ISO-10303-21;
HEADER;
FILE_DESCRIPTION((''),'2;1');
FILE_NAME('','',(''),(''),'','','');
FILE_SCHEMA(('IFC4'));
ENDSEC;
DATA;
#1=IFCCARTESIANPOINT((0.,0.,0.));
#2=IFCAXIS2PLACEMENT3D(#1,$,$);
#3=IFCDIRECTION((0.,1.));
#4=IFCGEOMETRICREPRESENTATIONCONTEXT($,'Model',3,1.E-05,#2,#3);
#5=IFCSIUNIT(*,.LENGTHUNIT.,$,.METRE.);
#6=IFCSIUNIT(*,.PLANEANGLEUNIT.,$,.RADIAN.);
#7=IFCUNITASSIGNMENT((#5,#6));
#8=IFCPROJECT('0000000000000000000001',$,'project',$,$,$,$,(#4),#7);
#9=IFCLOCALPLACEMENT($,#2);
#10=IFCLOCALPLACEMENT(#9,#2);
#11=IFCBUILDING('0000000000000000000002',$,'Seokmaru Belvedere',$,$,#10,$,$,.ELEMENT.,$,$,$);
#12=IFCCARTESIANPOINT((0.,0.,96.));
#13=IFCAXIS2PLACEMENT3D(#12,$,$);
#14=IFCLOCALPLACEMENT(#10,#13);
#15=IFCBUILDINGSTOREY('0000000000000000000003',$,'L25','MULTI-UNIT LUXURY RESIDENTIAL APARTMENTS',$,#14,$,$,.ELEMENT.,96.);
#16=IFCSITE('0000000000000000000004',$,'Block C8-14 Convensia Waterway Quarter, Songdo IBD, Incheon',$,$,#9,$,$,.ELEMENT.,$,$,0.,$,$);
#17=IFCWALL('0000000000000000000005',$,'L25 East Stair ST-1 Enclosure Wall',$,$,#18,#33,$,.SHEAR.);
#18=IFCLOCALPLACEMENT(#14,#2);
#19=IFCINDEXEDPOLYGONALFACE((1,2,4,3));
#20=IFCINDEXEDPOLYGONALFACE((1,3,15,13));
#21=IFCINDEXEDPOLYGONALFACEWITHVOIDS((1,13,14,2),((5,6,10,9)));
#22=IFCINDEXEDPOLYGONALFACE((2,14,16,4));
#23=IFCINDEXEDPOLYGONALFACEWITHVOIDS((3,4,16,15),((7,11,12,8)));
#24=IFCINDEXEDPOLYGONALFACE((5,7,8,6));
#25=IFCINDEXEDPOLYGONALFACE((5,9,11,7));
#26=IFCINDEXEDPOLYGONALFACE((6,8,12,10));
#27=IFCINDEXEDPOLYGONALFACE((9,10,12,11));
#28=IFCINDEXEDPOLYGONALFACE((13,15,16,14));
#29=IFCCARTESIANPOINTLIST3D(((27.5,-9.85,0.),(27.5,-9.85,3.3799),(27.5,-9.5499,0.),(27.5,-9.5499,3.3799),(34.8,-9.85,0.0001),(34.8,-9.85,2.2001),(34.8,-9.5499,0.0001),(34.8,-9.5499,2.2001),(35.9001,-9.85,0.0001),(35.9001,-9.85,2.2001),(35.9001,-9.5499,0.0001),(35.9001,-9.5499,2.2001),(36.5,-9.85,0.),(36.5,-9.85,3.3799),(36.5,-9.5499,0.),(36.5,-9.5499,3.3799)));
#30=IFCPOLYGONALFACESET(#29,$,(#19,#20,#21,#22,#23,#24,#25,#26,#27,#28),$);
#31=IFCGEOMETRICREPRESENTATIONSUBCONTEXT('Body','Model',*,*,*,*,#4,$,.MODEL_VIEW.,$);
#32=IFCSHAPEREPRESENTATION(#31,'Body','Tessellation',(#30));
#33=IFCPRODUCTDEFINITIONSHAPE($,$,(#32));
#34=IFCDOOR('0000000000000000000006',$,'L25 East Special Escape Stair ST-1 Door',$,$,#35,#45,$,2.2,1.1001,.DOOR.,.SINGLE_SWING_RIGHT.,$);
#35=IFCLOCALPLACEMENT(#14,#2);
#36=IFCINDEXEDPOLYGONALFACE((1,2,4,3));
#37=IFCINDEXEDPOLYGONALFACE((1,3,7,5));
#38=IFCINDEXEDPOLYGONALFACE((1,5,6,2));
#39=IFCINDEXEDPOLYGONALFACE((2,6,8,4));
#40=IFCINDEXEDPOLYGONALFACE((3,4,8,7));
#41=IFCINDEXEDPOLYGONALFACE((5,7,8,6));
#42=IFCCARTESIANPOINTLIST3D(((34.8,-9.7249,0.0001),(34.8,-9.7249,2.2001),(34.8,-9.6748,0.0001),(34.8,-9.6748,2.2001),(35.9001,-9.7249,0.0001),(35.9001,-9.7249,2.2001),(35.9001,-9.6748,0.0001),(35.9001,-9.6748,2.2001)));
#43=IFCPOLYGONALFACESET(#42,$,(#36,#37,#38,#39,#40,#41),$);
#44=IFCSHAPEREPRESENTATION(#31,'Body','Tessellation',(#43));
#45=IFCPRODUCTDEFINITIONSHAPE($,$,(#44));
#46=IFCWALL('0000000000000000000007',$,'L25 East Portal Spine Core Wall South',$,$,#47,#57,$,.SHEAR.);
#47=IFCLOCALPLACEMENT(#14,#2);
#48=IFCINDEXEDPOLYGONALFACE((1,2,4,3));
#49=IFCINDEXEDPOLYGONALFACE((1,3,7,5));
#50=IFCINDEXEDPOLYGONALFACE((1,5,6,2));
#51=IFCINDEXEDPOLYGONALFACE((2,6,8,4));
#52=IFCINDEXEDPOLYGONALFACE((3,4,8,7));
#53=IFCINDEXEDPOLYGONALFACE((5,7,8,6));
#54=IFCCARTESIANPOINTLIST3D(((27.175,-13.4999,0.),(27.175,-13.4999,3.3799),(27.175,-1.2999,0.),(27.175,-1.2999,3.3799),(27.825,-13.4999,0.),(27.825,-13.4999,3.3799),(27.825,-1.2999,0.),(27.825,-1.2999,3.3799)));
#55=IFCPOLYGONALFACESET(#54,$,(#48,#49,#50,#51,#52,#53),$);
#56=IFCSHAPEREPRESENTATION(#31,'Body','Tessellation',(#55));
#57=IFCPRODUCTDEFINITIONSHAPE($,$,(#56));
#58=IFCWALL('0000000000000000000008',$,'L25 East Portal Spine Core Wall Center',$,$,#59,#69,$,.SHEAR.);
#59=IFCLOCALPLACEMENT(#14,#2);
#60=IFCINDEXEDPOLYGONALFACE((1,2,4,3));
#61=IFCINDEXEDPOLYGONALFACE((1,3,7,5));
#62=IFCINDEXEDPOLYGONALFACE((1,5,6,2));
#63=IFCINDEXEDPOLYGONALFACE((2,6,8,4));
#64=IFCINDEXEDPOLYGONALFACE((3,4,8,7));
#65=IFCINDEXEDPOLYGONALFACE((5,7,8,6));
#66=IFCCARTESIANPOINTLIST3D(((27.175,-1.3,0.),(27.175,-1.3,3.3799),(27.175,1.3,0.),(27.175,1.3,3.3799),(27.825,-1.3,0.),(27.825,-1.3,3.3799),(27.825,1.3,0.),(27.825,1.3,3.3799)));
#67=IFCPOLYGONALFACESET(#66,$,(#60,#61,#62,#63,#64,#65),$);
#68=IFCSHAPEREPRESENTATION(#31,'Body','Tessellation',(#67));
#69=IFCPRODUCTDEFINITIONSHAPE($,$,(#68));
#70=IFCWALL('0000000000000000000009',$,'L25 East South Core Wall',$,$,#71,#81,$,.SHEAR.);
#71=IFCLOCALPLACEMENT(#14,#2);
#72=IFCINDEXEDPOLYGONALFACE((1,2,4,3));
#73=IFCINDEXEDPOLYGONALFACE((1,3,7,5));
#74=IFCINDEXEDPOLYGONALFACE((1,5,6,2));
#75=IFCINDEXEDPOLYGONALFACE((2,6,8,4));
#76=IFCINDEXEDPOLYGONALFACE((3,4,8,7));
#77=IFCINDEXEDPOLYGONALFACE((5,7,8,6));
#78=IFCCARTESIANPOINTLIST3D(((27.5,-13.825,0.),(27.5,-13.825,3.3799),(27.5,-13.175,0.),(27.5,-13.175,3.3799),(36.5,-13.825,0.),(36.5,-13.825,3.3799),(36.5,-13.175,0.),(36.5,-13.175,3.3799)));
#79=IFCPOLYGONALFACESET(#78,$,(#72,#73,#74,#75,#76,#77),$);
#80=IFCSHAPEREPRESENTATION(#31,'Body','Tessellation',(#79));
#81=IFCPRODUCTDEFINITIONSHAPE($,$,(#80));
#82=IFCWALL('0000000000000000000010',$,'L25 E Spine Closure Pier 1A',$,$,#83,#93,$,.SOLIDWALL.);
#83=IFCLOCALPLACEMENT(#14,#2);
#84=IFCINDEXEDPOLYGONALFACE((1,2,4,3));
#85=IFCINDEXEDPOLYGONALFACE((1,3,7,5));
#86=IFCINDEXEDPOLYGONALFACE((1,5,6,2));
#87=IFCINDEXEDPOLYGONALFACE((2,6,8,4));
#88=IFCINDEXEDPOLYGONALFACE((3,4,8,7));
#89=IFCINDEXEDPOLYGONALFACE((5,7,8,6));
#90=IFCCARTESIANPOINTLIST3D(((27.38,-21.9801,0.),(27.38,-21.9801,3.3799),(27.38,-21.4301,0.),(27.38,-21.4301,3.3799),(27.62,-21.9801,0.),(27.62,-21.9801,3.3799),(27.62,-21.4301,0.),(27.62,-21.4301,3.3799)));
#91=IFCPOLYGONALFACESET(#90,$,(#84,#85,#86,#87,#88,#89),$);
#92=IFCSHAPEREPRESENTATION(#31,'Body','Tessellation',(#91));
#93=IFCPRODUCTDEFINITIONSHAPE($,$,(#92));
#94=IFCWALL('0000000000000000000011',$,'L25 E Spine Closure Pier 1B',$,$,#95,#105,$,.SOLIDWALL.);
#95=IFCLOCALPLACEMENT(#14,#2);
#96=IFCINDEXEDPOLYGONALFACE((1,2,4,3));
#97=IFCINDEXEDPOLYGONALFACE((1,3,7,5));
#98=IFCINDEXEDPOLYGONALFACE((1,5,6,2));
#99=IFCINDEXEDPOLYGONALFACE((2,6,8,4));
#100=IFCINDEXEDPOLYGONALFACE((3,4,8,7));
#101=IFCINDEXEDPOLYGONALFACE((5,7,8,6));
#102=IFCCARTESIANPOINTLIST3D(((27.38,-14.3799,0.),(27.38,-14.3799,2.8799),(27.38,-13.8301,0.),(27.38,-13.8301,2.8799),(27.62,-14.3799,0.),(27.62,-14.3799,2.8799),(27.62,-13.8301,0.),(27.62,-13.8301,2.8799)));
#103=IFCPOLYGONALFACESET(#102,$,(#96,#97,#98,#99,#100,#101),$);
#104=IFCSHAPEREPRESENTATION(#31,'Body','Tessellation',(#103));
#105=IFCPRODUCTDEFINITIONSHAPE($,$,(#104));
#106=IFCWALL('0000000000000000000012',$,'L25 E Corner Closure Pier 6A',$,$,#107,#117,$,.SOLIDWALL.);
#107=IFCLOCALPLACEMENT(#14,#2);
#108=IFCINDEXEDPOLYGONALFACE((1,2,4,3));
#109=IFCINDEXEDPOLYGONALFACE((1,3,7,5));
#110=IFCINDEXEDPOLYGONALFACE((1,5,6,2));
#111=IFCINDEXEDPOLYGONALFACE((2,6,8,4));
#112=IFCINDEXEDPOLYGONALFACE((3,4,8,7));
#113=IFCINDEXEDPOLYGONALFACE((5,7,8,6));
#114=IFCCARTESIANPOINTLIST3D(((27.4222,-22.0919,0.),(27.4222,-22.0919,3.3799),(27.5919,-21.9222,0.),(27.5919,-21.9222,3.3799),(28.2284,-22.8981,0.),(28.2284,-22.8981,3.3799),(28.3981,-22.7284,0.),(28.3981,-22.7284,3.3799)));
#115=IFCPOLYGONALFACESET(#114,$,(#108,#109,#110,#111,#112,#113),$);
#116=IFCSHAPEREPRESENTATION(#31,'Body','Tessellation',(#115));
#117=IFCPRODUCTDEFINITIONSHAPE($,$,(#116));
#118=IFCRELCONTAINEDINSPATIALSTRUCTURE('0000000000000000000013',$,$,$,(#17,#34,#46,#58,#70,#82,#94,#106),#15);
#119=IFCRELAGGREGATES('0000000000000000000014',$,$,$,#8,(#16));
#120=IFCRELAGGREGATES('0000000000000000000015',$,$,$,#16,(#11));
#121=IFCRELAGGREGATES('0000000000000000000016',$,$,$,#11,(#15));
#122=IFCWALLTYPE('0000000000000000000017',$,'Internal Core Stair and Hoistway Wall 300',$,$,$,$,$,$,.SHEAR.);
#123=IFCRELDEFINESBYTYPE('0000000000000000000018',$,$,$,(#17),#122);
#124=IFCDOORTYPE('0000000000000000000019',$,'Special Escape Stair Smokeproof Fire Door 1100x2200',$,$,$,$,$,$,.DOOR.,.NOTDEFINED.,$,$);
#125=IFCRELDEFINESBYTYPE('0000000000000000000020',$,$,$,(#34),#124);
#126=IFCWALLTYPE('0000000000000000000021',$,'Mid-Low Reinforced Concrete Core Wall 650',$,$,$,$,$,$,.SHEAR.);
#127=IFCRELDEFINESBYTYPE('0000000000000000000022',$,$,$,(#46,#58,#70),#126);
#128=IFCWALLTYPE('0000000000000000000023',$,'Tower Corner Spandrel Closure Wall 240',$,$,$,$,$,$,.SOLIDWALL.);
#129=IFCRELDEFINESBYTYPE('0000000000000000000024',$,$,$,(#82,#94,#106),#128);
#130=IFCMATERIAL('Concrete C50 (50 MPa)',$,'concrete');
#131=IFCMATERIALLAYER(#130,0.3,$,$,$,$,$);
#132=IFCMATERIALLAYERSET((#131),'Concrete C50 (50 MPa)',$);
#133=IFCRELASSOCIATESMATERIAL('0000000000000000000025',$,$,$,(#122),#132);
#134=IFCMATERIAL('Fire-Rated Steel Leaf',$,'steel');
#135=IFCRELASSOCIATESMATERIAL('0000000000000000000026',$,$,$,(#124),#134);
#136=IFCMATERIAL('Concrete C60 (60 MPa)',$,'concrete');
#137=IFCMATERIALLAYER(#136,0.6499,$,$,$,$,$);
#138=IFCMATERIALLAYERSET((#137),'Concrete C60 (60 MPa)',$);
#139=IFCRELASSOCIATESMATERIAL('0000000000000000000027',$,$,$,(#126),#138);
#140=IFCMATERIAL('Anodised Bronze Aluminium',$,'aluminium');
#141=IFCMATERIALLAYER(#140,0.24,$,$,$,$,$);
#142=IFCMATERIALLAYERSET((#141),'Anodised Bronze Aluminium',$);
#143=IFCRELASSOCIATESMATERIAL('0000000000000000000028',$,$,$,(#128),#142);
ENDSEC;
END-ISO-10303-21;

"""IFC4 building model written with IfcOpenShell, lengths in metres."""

from ifc_helpers import new_model, si_unit, direction, frame, frame_2d, origin, place, context, subcontext, project, spatial, rectangle, extrude, source, transform, mapped, material, layer, layer_set, type_object, type_shapes, element, fill, save


model = new_model("IFC4")

# Units and contexts
model_context = context("Model", 3, precision=1e-05, world=origin(), true_north=direction((0.0, 1.0)))
body_context = subcontext(model_context, "Body", "Model", "MODEL_VIEW")
ifc_project = project(units=[si_unit("LENGTHUNIT", "METRE"), si_unit("PLANEANGLEUNIT", "RADIAN")], contexts=[model_context])

# Site, building, storey
site_placement = place(None, origin())
site = spatial("IfcSite", under=ifc_project, at=site_placement, Name="Block C8-14 Convensia Waterway Quarter, Songdo IBD, Incheon", CompositionType="ELEMENT", RefElevation=0.0)
building_placement = place(site_placement, origin())
building = spatial("IfcBuilding", under=site, at=building_placement, Name="Seokmaru Belvedere", CompositionType="ELEMENT")
storey_placement = place(building_placement, frame((0.0, 0.0, 96.0)))
storey = spatial("IfcBuildingStorey", under=building, at=storey_placement, Name="L25", Description="MULTI-UNIT LUXURY RESIDENTIAL APARTMENTS", CompositionType="ELEMENT", Elevation=96.0)

# Shared definitions
ifc_material_1 = material(Name="Anodised Bronze Aluminium", Category="aluminium")

# Shared definitions
ifc_material_2 = material(Name="Concrete C50 (50 MPa)", Category="concrete")

# Wall, opening, door
ifc_layer_1 = layer(ifc_material_2, 0.3)
ifc_layer_set_1 = layer_set([ifc_layer_1], Name="Concrete C50 (50 MPa)")
wall_type_1 = type_object("IfcWallType", Name="Internal Core Stair and Hoistway Wall 300", PredefinedType="SHEAR", material=ifc_layer_set_1)
wall_1_placement = place(storey_placement, frame((27.5, -9.7, 0.0), z_axis=(0.0, 0.0, 1.0), x_axis=(1.0, 0.0, 0.0)))
wall_1 = element("IfcWall", 1, at=wall_1_placement, inside=storey, type_object=wall_type_1, Name="L25 East Stair ST-1 Enclosure Wall", PredefinedType="SHEAR", context=body_context, shape_type="SweptSolid", body=[
    extrude(rectangle(XDim=9.0, YDim=0.3, at=frame_2d((4.5, 0.0))), origin(), (0.0, 0.0, 1.0), 3.3799),
])
opening_placement = place(wall_1_placement, frame((7.3, 0.0, 0.0)))
opening = element("IfcOpeningElement", 2, at=opening_placement, cuts=wall_1, PredefinedType="OPENING", context=body_context, shape_type="SweptSolid", body=[
    extrude(rectangle(XDim=1.1001, YDim=2.2, at=frame_2d((0.55, 1.1001))), frame((0.0, 0.1602, 0.0), z_axis=(0.0, -1.0, 0.0), x_axis=(1.0, 0.0, 0.0)), (0.0, 0.0, 1.0), 0.3201),
])
ifc_material_3 = material(Name="Fire-Rated Steel Leaf", Category="steel")
door_type = type_object("IfcDoorType", Name="Special Escape Stair Smokeproof Fire Door 1100x2200", OperationType="NOTDEFINED", PredefinedType="DOOR", material=ifc_material_3)
shared_shape_1 = source(origin(), body_context, "Body", "SweptSolid", [
    extrude(rectangle(XDim=1.1001, YDim=2.2, at=frame_2d((0.55, 1.1001))), frame((0.0, 0.0249, 0.0), z_axis=(0.0, -1.0, 0.0), x_axis=(1.0, 0.0, 0.0)), (0.0, 0.0, 1.0), 0.05),
])
type_shapes(door_type, [shared_shape_1])
door_placement = place(opening_placement, frame((1.1001, 0.0, 0.0), z_axis=(0.0, 0.0, 1.0), x_axis=(-1.0, 0.0, 0.0)))
door = element("IfcDoor", 3, at=door_placement, inside=storey, type_object=door_type, Name="L25 East Special Escape Stair ST-1 Door", OperationType="SINGLE_SWING_RIGHT", OverallHeight=2.2, OverallWidth=1.1001, PredefinedType="DOOR", context=body_context, shape_type="MappedRepresentation", body=[
    mapped(shared_shape_1, transform((0.0, 0.0, 0.0), scale=1.0)),
])
fill(opening, door)

# Walls
ifc_material_4 = material(Name="Concrete C60 (60 MPa)", Category="concrete")
ifc_layer_2 = layer(ifc_material_4, 0.6499)
ifc_layer_set_2 = layer_set([ifc_layer_2], Name="Concrete C60 (60 MPa)")
wall_type_2 = type_object("IfcWallType", Name="Mid-Low Reinforced Concrete Core Wall 650", PredefinedType="SHEAR", material=ifc_layer_set_2)
wall_2_placement = place(storey_placement, frame((27.5, -13.5, 0.0), z_axis=(0.0, 0.0, 1.0), x_axis=(0.0, 1.0, 0.0)))
element("IfcWall", 4, at=wall_2_placement, inside=storey, type_object=wall_type_2, Name="L25 East Portal Spine Core Wall South", PredefinedType="SHEAR", context=body_context, shape_type="SweptSolid", body=[
    extrude(rectangle(XDim=12.2, YDim=0.6499, at=frame_2d((6.1001, 0.0))), origin(), (0.0, 0.0, 1.0), 3.3799),
])
wall_3_placement = place(storey_placement, frame((27.5, -1.3, 0.0), z_axis=(0.0, 0.0, 1.0), x_axis=(0.0, 1.0, 0.0)))
element("IfcWall", 5, at=wall_3_placement, inside=storey, type_object=wall_type_2, Name="L25 East Portal Spine Core Wall Center", PredefinedType="SHEAR", context=body_context, shape_type="SweptSolid", body=[
    extrude(rectangle(XDim=2.6001, YDim=0.6499, at=frame_2d((1.3, 0.0))), origin(), (0.0, 0.0, 1.0), 3.3799),
])
wall_4_placement = place(storey_placement, frame((27.5, -13.5, 0.0), z_axis=(0.0, 0.0, 1.0), x_axis=(1.0, 0.0, 0.0)))
element("IfcWall", 6, at=wall_4_placement, inside=storey, type_object=wall_type_2, Name="L25 East South Core Wall", PredefinedType="SHEAR", context=body_context, shape_type="SweptSolid", body=[
    extrude(rectangle(XDim=9.0, YDim=0.6499, at=frame_2d((4.5, 0.0))), origin(), (0.0, 0.0, 1.0), 3.3799),
])
ifc_layer_3 = layer(ifc_material_1, 0.24)
ifc_layer_set_3 = layer_set([ifc_layer_3], Name="Anodised Bronze Aluminium")
wall_type_3 = type_object("IfcWallType", Name="Tower Corner Spandrel Closure Wall 240", PredefinedType="SOLIDWALL", material=ifc_layer_set_3)
wall_5_placement = place(storey_placement, frame((27.5, -21.98, 0.0), z_axis=(0.0, 0.0, 1.0), x_axis=(0.0, 1.0, 0.0)))
element("IfcWall", 7, at=wall_5_placement, inside=storey, type_object=wall_type_3, Name="L25 E Spine Closure Pier 1A", PredefinedType="SOLIDWALL", context=body_context, shape_type="SweptSolid", body=[
    extrude(rectangle(XDim=0.55, YDim=0.24, at=frame_2d((0.2749, 0.0))), origin(), (0.0, 0.0, 1.0), 3.3799),
])
wall_6_placement = place(storey_placement, frame((27.5, -14.3799, 0.0), z_axis=(0.0, 0.0, 1.0), x_axis=(0.0, 1.0, 0.0)))
element("IfcWall", 8, at=wall_6_placement, inside=storey, type_object=wall_type_3, Name="L25 E Spine Closure Pier 1B", PredefinedType="SOLIDWALL", context=body_context, shape_type="SweptSolid", body=[
    extrude(rectangle(XDim=0.5498, YDim=0.24, at=frame_2d((0.2749, 0.0))), origin(), (0.0, 0.0, 1.0), 2.8799),
])
wall_7_placement = place(storey_placement, frame((27.5071, -22.0071, 0.0), z_axis=(0.0, 0.0, 1.0), x_axis=(0.707107, -0.707107, 0.0)))
element("IfcWall", 9, at=wall_7_placement, inside=storey, type_object=wall_type_3, Name="L25 E Corner Closure Pier 6A", PredefinedType="SOLIDWALL", context=body_context, shape_type="SweptSolid", body=[
    extrude(rectangle(XDim=1.1401, YDim=0.24, at=frame_2d((0.5701, 0.0))), origin(), (0.0, 0.0, 1.0), 3.3799),
])

save(model, "model.ifc")
